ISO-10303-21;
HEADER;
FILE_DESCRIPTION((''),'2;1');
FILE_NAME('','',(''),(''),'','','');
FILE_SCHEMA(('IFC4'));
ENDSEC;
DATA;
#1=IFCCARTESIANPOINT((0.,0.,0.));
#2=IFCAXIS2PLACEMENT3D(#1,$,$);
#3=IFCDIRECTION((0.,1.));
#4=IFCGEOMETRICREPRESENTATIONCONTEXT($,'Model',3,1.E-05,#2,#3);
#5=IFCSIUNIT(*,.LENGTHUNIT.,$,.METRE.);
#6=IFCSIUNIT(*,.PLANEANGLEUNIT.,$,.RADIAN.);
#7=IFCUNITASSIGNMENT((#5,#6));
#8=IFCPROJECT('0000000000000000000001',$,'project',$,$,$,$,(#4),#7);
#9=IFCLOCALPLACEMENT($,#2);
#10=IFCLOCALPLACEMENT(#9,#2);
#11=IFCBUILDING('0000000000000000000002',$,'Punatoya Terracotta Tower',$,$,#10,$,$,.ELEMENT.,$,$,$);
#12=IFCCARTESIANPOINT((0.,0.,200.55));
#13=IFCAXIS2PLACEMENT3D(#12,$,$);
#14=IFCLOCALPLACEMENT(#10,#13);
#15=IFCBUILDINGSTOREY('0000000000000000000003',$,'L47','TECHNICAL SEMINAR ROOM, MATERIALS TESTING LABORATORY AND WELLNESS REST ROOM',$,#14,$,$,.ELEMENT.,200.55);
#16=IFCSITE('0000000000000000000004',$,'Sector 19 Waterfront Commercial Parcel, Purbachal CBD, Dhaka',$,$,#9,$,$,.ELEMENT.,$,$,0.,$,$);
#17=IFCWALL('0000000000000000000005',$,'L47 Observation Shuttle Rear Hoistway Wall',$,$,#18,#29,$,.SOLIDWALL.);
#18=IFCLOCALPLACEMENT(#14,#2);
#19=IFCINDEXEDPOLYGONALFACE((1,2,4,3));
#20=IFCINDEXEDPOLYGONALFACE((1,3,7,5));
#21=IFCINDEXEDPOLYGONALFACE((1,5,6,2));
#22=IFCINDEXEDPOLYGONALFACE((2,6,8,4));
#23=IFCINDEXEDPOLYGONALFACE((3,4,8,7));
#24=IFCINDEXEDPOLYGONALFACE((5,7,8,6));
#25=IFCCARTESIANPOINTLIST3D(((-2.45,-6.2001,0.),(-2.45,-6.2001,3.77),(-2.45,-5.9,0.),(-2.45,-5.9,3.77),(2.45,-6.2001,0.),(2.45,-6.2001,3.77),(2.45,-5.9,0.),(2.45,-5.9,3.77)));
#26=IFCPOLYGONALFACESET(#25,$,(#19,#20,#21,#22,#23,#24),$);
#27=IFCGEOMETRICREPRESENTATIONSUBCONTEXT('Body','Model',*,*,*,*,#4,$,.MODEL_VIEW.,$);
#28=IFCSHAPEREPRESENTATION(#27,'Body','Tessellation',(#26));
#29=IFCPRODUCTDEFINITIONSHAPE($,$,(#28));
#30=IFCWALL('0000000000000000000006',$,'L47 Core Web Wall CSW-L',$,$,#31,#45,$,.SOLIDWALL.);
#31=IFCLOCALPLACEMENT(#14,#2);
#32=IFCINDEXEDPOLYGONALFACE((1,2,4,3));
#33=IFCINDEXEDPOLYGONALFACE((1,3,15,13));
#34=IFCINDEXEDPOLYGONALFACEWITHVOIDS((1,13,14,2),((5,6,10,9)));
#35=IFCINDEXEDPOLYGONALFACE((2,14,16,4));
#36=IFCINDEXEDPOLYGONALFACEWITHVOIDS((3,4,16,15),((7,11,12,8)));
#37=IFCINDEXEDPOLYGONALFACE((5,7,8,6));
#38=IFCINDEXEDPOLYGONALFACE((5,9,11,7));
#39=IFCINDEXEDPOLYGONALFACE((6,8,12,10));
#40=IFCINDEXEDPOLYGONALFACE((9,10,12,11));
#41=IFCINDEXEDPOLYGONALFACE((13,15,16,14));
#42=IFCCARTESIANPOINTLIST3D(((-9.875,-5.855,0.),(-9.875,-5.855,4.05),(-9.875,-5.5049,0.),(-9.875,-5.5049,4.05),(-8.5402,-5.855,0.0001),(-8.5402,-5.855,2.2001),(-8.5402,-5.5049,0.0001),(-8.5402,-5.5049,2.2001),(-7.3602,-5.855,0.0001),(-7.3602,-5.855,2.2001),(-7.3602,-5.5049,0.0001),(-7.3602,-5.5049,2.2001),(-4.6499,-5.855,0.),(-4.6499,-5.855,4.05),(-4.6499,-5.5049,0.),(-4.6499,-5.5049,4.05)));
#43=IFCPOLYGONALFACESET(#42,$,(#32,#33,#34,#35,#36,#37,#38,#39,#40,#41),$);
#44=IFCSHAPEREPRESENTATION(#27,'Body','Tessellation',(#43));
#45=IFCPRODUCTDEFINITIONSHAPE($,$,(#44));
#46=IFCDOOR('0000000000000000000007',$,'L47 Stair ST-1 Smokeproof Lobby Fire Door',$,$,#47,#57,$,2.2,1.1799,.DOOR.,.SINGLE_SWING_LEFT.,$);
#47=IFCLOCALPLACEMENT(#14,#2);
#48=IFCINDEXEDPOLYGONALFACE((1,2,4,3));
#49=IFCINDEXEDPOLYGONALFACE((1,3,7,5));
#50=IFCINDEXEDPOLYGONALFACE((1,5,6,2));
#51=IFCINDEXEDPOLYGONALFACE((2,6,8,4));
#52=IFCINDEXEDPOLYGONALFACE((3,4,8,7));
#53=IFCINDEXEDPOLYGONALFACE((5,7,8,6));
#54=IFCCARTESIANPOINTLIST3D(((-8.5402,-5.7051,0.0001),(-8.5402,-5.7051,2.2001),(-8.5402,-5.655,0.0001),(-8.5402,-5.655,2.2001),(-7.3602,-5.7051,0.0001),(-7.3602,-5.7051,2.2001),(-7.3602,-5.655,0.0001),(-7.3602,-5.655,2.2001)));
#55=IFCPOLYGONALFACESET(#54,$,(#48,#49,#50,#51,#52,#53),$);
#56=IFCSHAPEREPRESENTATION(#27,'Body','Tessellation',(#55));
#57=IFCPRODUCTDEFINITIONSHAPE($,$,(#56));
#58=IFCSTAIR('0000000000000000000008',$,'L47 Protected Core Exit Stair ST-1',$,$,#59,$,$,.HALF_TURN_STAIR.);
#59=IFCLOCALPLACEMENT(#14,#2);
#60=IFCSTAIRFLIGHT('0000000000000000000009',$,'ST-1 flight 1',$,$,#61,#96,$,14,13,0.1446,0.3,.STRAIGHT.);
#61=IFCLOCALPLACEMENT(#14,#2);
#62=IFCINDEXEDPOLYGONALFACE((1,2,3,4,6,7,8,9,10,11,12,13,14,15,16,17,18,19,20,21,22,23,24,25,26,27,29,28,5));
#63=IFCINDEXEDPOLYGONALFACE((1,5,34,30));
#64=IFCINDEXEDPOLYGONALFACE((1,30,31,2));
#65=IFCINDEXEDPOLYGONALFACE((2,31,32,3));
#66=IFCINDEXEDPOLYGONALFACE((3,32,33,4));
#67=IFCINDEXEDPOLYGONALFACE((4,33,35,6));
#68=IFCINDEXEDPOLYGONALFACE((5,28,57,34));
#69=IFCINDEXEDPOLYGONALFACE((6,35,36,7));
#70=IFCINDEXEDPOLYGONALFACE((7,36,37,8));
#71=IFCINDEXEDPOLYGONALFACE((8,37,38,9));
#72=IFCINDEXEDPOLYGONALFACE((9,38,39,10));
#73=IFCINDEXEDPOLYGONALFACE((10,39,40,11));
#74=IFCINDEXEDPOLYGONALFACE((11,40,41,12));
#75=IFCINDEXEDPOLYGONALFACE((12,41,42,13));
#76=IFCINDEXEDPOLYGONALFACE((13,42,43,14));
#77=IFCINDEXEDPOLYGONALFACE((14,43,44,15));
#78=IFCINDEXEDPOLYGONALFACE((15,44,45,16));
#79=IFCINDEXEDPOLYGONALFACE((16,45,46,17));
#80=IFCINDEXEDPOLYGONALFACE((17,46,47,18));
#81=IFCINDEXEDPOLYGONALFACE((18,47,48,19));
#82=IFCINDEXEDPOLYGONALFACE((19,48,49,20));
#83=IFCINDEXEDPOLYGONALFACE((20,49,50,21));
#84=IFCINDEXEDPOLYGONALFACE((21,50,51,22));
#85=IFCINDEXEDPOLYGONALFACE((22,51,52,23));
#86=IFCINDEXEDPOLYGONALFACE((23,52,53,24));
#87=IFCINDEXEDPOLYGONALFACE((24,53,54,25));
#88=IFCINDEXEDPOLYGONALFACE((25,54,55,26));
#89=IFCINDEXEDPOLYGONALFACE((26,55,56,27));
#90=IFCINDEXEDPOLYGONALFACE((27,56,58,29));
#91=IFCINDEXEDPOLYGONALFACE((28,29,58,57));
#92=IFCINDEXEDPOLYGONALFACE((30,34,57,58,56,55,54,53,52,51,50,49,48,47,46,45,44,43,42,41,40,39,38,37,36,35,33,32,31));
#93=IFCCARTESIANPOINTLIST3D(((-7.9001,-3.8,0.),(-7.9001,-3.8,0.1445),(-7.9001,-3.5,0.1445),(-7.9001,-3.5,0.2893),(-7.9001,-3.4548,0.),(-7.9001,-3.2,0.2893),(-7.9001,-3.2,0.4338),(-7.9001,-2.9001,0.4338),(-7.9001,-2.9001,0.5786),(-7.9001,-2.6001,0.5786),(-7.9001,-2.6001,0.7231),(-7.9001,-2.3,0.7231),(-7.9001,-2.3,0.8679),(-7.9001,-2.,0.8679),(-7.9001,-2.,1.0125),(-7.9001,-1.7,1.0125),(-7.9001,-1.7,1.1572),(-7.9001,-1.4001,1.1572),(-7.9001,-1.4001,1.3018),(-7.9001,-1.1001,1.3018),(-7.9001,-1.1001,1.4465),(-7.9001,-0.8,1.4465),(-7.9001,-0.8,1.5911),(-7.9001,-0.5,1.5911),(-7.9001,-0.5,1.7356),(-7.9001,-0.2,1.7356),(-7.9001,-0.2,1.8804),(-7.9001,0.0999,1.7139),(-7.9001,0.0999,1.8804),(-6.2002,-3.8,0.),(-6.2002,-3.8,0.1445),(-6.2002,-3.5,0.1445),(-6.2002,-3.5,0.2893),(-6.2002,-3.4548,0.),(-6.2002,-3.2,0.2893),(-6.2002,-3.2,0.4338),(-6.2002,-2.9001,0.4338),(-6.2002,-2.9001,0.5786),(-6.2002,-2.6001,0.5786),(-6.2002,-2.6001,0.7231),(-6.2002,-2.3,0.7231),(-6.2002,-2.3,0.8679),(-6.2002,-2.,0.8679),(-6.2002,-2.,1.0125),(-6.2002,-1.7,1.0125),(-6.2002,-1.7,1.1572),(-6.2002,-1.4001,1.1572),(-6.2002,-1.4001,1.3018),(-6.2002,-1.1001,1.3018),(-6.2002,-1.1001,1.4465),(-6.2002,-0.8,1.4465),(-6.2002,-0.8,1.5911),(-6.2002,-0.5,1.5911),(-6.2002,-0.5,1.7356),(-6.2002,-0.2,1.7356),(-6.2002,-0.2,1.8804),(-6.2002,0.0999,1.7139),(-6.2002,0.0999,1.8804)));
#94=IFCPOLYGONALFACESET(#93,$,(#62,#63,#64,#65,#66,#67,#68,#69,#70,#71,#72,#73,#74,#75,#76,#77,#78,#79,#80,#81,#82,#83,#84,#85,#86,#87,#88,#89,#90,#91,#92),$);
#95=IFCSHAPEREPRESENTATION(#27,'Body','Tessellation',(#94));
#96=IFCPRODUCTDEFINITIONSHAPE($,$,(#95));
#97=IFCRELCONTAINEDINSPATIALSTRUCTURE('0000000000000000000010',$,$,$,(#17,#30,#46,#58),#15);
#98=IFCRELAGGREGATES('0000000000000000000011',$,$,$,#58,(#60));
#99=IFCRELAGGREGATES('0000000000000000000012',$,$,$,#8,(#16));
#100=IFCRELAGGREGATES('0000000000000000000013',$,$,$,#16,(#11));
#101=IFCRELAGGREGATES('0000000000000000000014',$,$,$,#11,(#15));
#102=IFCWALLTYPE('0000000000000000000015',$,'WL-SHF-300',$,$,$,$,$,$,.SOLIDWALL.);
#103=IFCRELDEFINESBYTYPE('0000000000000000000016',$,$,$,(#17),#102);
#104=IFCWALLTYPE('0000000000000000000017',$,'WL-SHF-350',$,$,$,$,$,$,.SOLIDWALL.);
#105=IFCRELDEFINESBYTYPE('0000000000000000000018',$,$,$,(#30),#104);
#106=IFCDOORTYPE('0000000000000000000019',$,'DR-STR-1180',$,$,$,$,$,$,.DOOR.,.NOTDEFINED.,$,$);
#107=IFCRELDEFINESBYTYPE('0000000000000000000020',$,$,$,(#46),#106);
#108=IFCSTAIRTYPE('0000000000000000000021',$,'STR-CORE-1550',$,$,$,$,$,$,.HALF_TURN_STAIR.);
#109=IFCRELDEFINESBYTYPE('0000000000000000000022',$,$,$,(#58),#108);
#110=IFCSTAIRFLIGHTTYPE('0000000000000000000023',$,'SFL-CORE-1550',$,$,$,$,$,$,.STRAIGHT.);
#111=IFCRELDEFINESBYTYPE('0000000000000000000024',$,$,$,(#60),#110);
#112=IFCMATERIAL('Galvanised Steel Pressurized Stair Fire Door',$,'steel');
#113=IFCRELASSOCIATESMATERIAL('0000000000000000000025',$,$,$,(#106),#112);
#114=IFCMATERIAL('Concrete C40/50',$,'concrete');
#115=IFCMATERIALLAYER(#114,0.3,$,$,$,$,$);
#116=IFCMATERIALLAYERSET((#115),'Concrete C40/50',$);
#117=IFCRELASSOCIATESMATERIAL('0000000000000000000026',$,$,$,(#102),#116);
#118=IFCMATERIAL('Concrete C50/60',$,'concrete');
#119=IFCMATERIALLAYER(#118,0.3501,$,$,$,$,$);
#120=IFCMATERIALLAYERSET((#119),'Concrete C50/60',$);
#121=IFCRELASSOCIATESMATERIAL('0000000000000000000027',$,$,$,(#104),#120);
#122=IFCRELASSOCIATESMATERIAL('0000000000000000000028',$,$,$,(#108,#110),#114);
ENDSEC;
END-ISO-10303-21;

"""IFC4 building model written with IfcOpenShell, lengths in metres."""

from ifc_helpers import new_model, si_unit, direction, frame, frame_2d, origin, place, context, subcontext, project, spatial, polyline, rectangle, outline, extrude, material, layer, layer_set, type_object, element, fill, aggregate, save


model = new_model("IFC4")

# Units and contexts
model_context = context("Model", 3, precision=1e-05, world=origin(), true_north=direction((0.0, 1.0)))
body_context = subcontext(model_context, "Body", "Model", "MODEL_VIEW")
ifc_project = project(units=[si_unit("LENGTHUNIT", "METRE"), si_unit("PLANEANGLEUNIT", "RADIAN")], contexts=[model_context])

# Site, building, storey
site_placement = place(None, origin())
site = spatial("IfcSite", under=ifc_project, at=site_placement, Name="Sector 19 Waterfront Commercial Parcel, Purbachal CBD, Dhaka", CompositionType="ELEMENT", RefElevation=0.0)
building_placement = place(site_placement, origin())
building = spatial("IfcBuilding", under=site, at=building_placement, Name="Punatoya Terracotta Tower", CompositionType="ELEMENT")
storey_placement = place(building_placement, frame((0.0, 0.0, 200.55)))
storey = spatial("IfcBuildingStorey", under=building, at=storey_placement, Name="L47", Description="TECHNICAL SEMINAR ROOM, MATERIALS TESTING LABORATORY AND WELLNESS REST ROOM", CompositionType="ELEMENT", Elevation=200.55)

# Shared definitions
ifc_material_1 = material(Name="Galvanised Steel Pressurized Stair Fire Door", Category="steel")
door_type_1 = type_object("IfcDoorType", Name="DR-STR-1180", OperationType="NOTDEFINED", PredefinedType="DOOR", material=ifc_material_1)

# Shared definitions
ifc_material_2 = material(Name="Concrete C40/50", Category="concrete")

# Shared definitions
ifc_layer_1 = layer(ifc_material_2, 0.3)
ifc_layer_set_1 = layer_set([ifc_layer_1], Name="Concrete C40/50")
wall_type_1 = type_object("IfcWallType", Name="WL-SHF-300", PredefinedType="SOLIDWALL", material=ifc_layer_set_1)

# Wall
wall_1_placement = place(storey_placement, frame((-2.45, -6.05, 0.0), z_axis=(0.0, 0.0, 1.0), x_axis=(1.0, 0.0, 0.0)))
element("IfcWall", 1, at=wall_1_placement, inside=storey, type_object=wall_type_1, Name="L47 Observation Shuttle Rear Hoistway Wall", PredefinedType="SOLIDWALL", context=body_context, shape_type="SweptSolid", body=[
    extrude(rectangle(XDim=4.8999, YDim=0.3, at=frame_2d((2.45, 0.0))), origin(), (0.0, 0.0, 1.0), 3.77),
])

# Wall, opening, door
ifc_material_3 = material(Name="Concrete C50/60", Category="concrete")
ifc_layer_2 = layer(ifc_material_3, 0.3501)
ifc_layer_set_2 = layer_set([ifc_layer_2], Name="Concrete C50/60")
wall_type_2 = type_object("IfcWallType", Name="WL-SHF-350", PredefinedType="SOLIDWALL", material=ifc_layer_set_2)
wall_2_placement = place(storey_placement, frame((-9.875, -5.6799, 0.0), z_axis=(0.0, 0.0, 1.0), x_axis=(1.0, 0.0, 0.0)))
wall_2 = element("IfcWall", 2, at=wall_2_placement, inside=storey, type_object=wall_type_2, Name="L47 Core Web Wall CSW-L", PredefinedType="SOLIDWALL", context=body_context, shape_type="SweptSolid", body=[
    extrude(rectangle(XDim=5.2251, YDim=0.3501, at=frame_2d((2.6125, 0.0))), origin(), (0.0, 0.0, 1.0), 4.05),
])
opening_1_placement = place(wall_2_placement, frame((1.335, 0.0, 0.0)))
opening_1 = element("IfcOpeningElement", 3, at=opening_1_placement, cuts=wall_2, PredefinedType="OPENING", context=body_context, shape_type="SweptSolid", body=[
    extrude(rectangle(XDim=1.1799, YDim=2.2, at=frame_2d((0.5898, 1.1001))), frame((0.0, 0.1851, 0.0), z_axis=(0.0, -1.0, 0.0), x_axis=(1.0, 0.0, 0.0)), (0.0, 0.0, 1.0), 0.3701),
])
door_1_placement = place(opening_1_placement, origin())
door_1 = element("IfcDoor", 4, at=door_1_placement, inside=storey, type_object=door_type_1, Name="L47 Stair ST-1 Smokeproof Lobby Fire Door", OperationType="SINGLE_SWING_LEFT", OverallHeight=2.2, OverallWidth=1.1799, PredefinedType="DOOR", context=body_context, shape_type="SweptSolid", body=[
    extrude(rectangle(XDim=1.1799, YDim=2.2, at=frame_2d((0.5898, 1.1001))), frame((0.0, 0.0249, 0.0), z_axis=(0.0, -1.0, 0.0), x_axis=(1.0, 0.0, 0.0)), (0.0, 0.0, 1.0), 0.05),
])
fill(opening_1, door_1)

# Stair, stair flight
stair_type = type_object("IfcStairType", Name="STR-CORE-1550", PredefinedType="HALF_TURN_STAIR", material=ifc_material_2)
stair_placement = place(storey_placement, origin())
stair = element("IfcStair", 5, at=stair_placement, inside=storey, type_object=stair_type, Name="L47 Protected Core Exit Stair ST-1", PredefinedType="HALF_TURN_STAIR")
stair_flight_type = type_object("IfcStairFlightType", Name="SFL-CORE-1550", PredefinedType="STRAIGHT", material=ifc_material_2)
stair_flight_placement = place(storey_placement, frame((-7.05, -3.8, 0.0), z_axis=(0.0, 0.0, 1.0), x_axis=(0.0, 1.0, 0.0)))
stair_flight = element("IfcStairFlight", 6, at=stair_flight_placement, type_object=stair_flight_type, Name="ST-1 flight 1", NumberOfRisers=14, NumberOfTreads=13, PredefinedType="STRAIGHT", RiserHeight=0.1446, TreadLength=0.3, context=body_context, shape_type="SweptSolid", body=[
    extrude(outline(polyline([(0.0, 0.0), (0.0, 0.1445), (0.3, 0.1445), (0.3, 0.2893), (0.6001, 0.2893), (0.6001, 0.4338), (0.8999, 0.4338), (0.8999, 0.5786), (1.2, 0.5786), (1.2, 0.7231), (1.5, 0.7231), (1.5, 0.8679), (1.8, 0.8679), (1.8, 1.0125), (2.1001, 1.0125), (2.1001, 1.1572), (2.3999, 1.1572), (2.3999, 1.3018), (2.7, 1.3018), (2.7, 1.4465), (3.0, 1.4465), (3.0, 1.5911), (3.3, 1.5911), (3.3, 1.7356), (3.6001, 1.7356), (3.6001, 1.8804), (3.8999, 1.8804), (3.8999, 2.0249), (3.8999, 1.7139), (0.3452, 0.0), (0.0, 0.0)])), frame((0.0, 0.8501, 0.0), z_axis=(0.0, -1.0, 0.0), x_axis=(1.0, 0.0, 0.0)), (0.0, 0.0, 1.0), 1.7),
])
aggregate(stair, [stair_flight])

save(model, "model.ifc")
